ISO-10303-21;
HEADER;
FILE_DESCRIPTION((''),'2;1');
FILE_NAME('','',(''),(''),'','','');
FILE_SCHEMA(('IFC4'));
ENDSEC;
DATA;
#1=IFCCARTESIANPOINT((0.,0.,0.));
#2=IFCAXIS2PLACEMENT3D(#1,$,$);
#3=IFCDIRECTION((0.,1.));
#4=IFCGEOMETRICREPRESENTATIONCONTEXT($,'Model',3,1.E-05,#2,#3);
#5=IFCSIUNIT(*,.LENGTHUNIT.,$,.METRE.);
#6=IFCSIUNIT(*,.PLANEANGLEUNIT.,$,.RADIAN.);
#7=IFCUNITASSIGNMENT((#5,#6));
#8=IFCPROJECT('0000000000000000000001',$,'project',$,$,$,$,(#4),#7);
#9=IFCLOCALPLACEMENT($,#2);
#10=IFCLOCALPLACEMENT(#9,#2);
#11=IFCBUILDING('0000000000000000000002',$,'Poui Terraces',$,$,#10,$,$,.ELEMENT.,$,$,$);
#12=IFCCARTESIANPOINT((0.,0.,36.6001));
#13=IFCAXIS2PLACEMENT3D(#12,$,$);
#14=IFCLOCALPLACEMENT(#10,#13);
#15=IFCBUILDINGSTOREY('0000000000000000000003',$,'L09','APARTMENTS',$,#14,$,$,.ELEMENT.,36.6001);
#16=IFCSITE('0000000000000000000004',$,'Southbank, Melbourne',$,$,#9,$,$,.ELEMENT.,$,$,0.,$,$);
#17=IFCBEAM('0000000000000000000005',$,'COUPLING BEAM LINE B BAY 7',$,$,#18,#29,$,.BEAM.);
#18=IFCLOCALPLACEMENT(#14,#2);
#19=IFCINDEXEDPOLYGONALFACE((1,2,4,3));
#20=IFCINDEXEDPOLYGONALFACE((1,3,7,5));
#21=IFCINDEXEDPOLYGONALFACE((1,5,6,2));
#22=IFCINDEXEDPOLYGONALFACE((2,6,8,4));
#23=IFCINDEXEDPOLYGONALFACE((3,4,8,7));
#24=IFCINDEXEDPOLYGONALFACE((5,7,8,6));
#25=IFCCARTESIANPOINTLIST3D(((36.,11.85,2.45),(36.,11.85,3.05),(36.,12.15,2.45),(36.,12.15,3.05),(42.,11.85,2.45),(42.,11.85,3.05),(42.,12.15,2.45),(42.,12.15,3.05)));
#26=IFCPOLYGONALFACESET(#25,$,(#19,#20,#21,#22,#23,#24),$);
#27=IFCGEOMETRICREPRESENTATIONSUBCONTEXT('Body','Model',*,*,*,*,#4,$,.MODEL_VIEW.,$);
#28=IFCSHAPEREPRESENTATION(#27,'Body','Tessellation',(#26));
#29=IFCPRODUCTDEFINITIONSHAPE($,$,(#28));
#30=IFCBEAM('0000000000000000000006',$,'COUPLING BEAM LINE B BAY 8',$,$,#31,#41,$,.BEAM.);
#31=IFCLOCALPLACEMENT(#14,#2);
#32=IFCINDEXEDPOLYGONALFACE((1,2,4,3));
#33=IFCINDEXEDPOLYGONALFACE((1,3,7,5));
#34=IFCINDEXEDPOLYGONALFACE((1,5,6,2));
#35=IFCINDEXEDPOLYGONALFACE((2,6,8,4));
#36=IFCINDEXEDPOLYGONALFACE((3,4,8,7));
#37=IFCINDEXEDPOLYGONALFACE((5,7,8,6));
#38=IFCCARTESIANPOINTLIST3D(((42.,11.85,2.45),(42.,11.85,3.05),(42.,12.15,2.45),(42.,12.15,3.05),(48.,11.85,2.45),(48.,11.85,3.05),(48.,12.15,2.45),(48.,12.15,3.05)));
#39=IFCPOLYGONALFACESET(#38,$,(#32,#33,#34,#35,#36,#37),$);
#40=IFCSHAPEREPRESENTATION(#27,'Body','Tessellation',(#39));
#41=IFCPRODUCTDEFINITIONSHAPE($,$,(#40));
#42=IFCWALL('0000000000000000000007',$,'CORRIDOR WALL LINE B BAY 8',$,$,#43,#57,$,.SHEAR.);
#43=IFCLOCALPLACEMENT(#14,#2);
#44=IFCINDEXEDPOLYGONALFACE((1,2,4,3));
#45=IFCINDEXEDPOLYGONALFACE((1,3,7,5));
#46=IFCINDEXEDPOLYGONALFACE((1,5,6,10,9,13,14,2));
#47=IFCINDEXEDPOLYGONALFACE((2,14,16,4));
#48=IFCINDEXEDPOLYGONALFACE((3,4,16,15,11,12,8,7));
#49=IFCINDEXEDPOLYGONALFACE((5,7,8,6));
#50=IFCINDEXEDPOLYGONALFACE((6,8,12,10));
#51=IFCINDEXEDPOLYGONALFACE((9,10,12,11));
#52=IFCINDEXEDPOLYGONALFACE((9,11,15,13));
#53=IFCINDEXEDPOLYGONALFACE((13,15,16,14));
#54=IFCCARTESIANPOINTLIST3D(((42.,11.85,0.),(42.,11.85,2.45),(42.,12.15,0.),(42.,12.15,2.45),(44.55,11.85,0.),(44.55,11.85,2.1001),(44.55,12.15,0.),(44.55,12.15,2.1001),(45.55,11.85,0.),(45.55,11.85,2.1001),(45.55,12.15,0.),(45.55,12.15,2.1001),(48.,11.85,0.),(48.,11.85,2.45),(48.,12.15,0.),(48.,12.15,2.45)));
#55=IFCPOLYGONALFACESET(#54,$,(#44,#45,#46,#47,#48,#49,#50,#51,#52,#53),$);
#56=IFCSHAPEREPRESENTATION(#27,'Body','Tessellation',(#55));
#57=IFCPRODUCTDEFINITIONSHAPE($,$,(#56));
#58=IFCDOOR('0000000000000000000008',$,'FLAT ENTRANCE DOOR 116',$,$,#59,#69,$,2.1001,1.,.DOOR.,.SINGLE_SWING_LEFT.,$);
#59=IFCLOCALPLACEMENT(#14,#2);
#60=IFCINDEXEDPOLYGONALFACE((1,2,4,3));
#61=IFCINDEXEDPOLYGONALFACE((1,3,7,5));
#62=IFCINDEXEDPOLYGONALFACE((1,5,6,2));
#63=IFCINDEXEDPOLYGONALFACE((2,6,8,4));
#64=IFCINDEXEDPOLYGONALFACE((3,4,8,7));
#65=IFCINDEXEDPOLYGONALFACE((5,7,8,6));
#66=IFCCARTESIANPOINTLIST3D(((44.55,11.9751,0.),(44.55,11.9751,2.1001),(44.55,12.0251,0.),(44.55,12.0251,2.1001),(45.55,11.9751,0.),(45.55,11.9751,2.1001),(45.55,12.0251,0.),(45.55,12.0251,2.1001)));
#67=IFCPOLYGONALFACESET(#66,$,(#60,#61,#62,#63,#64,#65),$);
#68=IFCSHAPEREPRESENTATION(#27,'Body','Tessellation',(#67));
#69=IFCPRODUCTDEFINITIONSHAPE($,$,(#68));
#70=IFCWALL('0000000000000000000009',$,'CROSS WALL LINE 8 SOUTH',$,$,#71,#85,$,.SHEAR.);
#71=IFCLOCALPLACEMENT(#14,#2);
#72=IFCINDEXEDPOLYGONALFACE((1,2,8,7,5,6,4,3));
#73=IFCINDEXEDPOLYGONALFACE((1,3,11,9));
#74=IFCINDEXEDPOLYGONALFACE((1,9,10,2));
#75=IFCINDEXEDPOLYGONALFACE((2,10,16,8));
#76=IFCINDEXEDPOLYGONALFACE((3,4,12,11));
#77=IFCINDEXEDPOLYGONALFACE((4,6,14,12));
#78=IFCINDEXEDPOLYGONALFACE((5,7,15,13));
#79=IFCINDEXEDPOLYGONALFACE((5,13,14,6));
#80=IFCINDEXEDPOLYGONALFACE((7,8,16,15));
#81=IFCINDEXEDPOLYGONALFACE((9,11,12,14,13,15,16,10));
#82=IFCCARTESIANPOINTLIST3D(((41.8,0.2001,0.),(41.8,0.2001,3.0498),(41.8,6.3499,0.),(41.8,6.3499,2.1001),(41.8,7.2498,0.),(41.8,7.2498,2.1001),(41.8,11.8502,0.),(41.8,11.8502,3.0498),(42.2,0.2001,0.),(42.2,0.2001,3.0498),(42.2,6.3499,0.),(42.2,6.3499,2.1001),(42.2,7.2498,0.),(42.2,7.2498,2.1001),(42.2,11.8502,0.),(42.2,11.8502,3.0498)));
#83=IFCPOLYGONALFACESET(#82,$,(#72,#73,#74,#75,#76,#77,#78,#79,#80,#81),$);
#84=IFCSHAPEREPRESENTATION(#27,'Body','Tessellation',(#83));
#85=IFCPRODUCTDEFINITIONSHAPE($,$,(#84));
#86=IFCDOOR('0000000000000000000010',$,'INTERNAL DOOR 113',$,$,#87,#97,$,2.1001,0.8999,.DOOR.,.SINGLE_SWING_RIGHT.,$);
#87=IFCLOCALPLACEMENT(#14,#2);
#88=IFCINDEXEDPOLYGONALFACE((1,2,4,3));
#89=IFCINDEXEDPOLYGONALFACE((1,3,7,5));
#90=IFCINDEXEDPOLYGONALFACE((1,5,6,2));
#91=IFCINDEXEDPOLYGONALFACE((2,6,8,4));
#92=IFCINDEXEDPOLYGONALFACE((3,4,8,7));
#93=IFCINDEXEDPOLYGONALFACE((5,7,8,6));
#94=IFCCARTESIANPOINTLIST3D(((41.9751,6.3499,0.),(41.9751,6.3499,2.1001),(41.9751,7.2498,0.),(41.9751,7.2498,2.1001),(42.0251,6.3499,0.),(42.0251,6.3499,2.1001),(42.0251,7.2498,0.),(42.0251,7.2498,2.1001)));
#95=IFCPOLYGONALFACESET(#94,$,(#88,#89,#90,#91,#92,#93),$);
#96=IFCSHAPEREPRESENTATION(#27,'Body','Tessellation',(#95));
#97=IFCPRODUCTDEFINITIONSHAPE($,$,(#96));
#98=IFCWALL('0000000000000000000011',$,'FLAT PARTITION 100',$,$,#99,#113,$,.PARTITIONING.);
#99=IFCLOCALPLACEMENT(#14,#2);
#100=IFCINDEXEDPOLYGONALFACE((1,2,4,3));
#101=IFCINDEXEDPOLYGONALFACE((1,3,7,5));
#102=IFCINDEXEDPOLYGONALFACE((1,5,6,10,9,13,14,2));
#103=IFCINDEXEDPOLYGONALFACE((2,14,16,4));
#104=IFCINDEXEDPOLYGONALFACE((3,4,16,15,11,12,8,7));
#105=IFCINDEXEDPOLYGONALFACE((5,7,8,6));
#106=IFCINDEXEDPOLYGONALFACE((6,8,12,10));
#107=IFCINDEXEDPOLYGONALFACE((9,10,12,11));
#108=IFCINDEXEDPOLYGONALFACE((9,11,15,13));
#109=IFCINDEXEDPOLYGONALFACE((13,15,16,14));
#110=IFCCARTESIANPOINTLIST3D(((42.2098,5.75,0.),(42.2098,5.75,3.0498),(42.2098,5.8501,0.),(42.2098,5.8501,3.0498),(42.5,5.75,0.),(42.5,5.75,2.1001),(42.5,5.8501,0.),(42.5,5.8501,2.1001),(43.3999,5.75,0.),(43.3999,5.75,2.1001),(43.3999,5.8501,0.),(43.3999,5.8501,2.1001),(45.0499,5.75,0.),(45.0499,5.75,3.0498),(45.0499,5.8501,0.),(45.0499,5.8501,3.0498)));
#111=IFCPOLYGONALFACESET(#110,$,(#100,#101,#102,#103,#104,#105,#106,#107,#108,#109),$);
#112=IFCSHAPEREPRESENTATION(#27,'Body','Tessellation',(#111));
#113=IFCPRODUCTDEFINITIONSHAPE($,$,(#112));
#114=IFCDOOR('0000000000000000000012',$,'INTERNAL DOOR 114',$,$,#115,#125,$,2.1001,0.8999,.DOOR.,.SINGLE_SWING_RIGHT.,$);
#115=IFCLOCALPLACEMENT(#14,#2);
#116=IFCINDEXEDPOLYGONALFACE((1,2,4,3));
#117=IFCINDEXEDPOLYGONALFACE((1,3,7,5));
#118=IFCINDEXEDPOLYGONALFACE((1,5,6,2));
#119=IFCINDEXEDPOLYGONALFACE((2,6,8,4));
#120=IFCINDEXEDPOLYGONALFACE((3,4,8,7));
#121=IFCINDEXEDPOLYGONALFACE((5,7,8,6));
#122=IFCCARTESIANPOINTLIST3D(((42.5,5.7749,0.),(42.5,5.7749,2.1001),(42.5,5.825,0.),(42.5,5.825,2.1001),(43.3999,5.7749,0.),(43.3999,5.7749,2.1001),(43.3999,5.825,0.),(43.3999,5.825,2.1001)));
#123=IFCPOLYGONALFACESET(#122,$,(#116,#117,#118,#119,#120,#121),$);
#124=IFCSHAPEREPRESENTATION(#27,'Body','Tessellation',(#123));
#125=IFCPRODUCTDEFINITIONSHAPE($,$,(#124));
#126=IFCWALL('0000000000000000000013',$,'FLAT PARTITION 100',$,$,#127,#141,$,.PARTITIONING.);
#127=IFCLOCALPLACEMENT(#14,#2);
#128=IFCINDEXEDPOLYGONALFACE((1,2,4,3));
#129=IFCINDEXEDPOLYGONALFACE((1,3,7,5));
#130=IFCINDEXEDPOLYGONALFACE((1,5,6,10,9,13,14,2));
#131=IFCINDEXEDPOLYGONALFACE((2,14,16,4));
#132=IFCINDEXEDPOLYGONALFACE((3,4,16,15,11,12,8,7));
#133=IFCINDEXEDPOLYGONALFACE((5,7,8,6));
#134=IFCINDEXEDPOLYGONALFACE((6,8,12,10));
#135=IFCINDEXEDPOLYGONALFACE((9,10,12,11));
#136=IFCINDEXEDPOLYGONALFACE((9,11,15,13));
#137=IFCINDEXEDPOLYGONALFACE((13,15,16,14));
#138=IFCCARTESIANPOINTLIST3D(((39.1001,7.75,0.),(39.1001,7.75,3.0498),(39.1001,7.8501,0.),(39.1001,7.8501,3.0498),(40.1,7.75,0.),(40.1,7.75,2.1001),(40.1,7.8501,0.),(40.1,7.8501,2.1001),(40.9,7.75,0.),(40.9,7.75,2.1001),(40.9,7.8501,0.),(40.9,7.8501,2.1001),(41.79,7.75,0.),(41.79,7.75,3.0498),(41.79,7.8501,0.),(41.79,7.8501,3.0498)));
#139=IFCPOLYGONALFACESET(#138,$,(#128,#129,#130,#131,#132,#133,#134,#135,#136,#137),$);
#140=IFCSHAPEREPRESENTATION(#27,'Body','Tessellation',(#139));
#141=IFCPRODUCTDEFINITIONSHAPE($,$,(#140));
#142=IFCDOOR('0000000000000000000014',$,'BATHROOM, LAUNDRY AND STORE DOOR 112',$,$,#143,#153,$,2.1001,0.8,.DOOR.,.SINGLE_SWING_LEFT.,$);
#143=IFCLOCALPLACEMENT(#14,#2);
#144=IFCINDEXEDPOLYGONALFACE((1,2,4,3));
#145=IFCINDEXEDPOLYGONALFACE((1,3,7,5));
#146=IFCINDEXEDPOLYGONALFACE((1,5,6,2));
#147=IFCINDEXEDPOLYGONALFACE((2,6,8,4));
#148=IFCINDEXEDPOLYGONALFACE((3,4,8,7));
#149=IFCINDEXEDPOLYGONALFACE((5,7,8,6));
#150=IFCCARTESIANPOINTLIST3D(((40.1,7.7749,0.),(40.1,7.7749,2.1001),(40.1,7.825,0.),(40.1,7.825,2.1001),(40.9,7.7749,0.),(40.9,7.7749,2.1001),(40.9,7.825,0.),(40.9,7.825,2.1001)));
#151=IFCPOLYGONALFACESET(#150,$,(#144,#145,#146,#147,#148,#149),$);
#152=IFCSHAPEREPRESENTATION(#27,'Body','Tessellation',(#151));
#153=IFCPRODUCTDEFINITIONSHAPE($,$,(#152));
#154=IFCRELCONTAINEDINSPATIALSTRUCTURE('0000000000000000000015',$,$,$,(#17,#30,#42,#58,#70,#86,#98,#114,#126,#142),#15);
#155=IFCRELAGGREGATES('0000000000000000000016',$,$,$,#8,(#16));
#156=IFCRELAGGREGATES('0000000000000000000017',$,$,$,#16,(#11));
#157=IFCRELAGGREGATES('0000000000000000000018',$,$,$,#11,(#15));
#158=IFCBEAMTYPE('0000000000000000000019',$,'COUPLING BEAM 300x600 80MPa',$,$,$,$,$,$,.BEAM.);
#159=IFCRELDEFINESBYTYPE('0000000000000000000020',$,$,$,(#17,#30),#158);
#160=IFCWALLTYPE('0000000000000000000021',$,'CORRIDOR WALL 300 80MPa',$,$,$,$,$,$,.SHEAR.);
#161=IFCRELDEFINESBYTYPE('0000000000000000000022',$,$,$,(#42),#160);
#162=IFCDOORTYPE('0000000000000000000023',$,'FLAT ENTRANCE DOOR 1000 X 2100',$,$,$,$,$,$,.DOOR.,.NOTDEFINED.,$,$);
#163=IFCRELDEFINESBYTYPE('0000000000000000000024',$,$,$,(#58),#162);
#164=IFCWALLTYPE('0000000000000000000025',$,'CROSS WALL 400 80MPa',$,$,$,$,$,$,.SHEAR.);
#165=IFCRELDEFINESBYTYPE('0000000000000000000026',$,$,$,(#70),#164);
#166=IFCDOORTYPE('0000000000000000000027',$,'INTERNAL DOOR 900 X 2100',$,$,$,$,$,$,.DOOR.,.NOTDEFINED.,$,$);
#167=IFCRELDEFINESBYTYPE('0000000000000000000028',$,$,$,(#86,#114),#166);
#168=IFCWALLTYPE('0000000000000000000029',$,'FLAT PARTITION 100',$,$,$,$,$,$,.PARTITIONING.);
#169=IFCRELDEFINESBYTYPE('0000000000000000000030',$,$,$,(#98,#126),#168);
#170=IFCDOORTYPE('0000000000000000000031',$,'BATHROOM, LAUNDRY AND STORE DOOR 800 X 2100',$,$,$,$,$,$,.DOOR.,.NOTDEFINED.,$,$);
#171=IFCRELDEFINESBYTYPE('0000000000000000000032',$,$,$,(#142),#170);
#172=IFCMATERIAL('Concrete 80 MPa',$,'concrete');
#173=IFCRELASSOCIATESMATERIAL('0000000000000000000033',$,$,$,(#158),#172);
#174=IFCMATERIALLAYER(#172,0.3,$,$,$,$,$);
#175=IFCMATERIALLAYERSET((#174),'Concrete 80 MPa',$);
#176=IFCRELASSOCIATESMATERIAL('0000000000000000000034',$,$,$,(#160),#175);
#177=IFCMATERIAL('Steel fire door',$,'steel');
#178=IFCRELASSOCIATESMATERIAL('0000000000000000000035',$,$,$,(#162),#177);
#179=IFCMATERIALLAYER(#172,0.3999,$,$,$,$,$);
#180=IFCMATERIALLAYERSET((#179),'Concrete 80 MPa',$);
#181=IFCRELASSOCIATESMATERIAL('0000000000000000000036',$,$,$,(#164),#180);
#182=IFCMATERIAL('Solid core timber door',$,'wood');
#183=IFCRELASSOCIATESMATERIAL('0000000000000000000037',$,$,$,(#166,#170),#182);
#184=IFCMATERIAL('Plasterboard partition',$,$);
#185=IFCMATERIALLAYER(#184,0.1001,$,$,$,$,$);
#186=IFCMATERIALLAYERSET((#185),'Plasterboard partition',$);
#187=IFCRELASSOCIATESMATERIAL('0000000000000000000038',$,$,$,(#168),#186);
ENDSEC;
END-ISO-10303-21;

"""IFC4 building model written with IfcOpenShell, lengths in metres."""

from ifc_helpers import new_model, si_unit, direction, frame, frame_2d, origin, origin_2d, place, context, subcontext, project, spatial, rectangle, extrude, source, transform, mapped, material, layer, layer_set, material_profile, profile_set, type_object, element, fill, save


model = new_model("IFC4")

# Units and contexts
model_context = context("Model", 3, precision=1e-05, world=origin(), true_north=direction((0.0, 1.0)))
body_context = subcontext(model_context, "Body", "Model", "MODEL_VIEW")
ifc_project = project(units=[si_unit("LENGTHUNIT", "METRE"), si_unit("PLANEANGLEUNIT", "RADIAN")], contexts=[model_context])

# Site, building, storey
site_placement = place(None, origin())
site = spatial("IfcSite", under=ifc_project, at=site_placement, Name="Southbank, Melbourne", CompositionType="ELEMENT", RefElevation=0.0)
building_placement = place(site_placement, origin())
building = spatial("IfcBuilding", under=site, at=building_placement, Name="Poui Terraces", CompositionType="ELEMENT")
storey_placement = place(building_placement, frame((0.0, 0.0, 36.6001)))
storey = spatial("IfcBuildingStorey", under=building, at=storey_placement, Name="L09", Description="APARTMENTS", CompositionType="ELEMENT", Elevation=36.6001)

# Beams
ifc_material_1 = material(Name="Concrete 80 MPa", Category="concrete")
ifc_material_profile = material_profile(ifc_material_1, rectangle(XDim=0.3, YDim=0.6001, at=origin_2d()), Name="RC 300x600")
ifc_profile_set = profile_set([ifc_material_profile], Name="Concrete 80 MPa")
beam_type = type_object("IfcBeamType", Name="COUPLING BEAM 300x600 80MPa", PredefinedType="BEAM", material=ifc_profile_set)
shared_shape_1 = source(origin(), body_context, "Body", "SweptSolid", [
    extrude(rectangle(XDim=0.3, YDim=0.6001, at=origin_2d()), origin(), (0.0, 0.0, 1.0), 6.0),
])
for number, where, z_axis, x_axis, name in (
    (1, (36.0, 12.0, 2.75), (1.0, 0.0, 0.0), (0.0, 1.0, 0.0), "COUPLING BEAM LINE B BAY 7"),
    (2, (42.0, 12.0, 2.75), (1.0, 0.0, 0.0), (0.0, 1.0, 0.0), "COUPLING BEAM LINE B BAY 8"),
):
    element("IfcBeam", number, at=place(storey_placement, frame(where, z_axis=z_axis, x_axis=x_axis)), inside=storey, type_object=beam_type, Name=name, PredefinedType="BEAM", context=body_context, shape_type="MappedRepresentation", body=[
        mapped(shared_shape_1, transform((0.0, 0.0, 0.0))),
    ])

# Walls, openings, doors
ifc_layer_1 = layer(ifc_material_1, 0.3)
ifc_layer_set_1 = layer_set([ifc_layer_1], Name="Concrete 80 MPa")
wall_type_1 = type_object("IfcWallType", Name="CORRIDOR WALL 300 80MPa", PredefinedType="SHEAR", material=ifc_layer_set_1)
wall_1_placement = place(storey_placement, frame((42.0, 12.0, 0.0), z_axis=(0.0, 0.0, 1.0), x_axis=(1.0, 0.0, 0.0)))
wall_1 = element("IfcWall", 3, at=wall_1_placement, inside=storey, type_object=wall_type_1, Name="CORRIDOR WALL LINE B BAY 8", PredefinedType="SHEAR", context=body_context, shape_type="SweptSolid", body=[
    extrude(rectangle(XDim=6.0, YDim=0.3, at=frame_2d((3.0, 0.0))), origin(), (0.0, 0.0, 1.0), 2.45),
])
opening_1_placement = place(wall_1_placement, frame((2.55, 0.0, 0.0)))
opening_1 = element("IfcOpeningElement", 4, at=opening_1_placement, cuts=wall_1, PredefinedType="OPENING", context=body_context, shape_type="SweptSolid", body=[
    extrude(rectangle(XDim=1.0, YDim=2.1001, at=frame_2d((0.5, 1.05))), frame((0.0, 0.1602, 0.0), z_axis=(0.0, -1.0, 0.0), x_axis=(1.0, 0.0, 0.0)), (0.0, 0.0, 1.0), 0.3201),
])
ifc_material_2 = material(Name="Steel fire door", Category="steel")
door_type_1 = type_object("IfcDoorType", Name="FLAT ENTRANCE DOOR 1000 X 2100", OperationType="NOTDEFINED", PredefinedType="DOOR", material=ifc_material_2)
door_1_placement = place(opening_1_placement, frame((1.0, 0.0, 0.0), z_axis=(0.0, 0.0, 1.0), x_axis=(-1.0, 0.0, 0.0)))
door_1 = element("IfcDoor", 5, at=door_1_placement, inside=storey, type_object=door_type_1, Name="FLAT ENTRANCE DOOR 116", OperationType="SINGLE_SWING_LEFT", OverallHeight=2.1001, OverallWidth=1.0, PredefinedType="DOOR", context=body_context, shape_type="SweptSolid", body=[
    extrude(rectangle(XDim=1.0, YDim=2.1001, at=frame_2d((0.5, 1.05))), frame((0.0, 0.0249, 0.0), z_axis=(0.0, -1.0, 0.0), x_axis=(1.0, 0.0, 0.0)), (0.0, 0.0, 1.0), 0.05),
])
fill(opening_1, door_1)
ifc_layer_2 = layer(ifc_material_1, 0.3999)
ifc_layer_set_2 = layer_set([ifc_layer_2], Name="Concrete 80 MPa")
wall_type_2 = type_object("IfcWallType", Name="CROSS WALL 400 80MPa", PredefinedType="SHEAR", material=ifc_layer_set_2)
wall_2_placement = place(storey_placement, frame((42.0, 0.2, 0.0), z_axis=(0.0, 0.0, 1.0), x_axis=(0.0, 1.0, 0.0)))
wall_2 = element("IfcWall", 6, at=wall_2_placement, inside=storey, type_object=wall_type_2, Name="CROSS WALL LINE 8 SOUTH", PredefinedType="SHEAR", context=body_context, shape_type="SweptSolid", body=[
    extrude(rectangle(XDim=11.6501, YDim=0.3999, at=frame_2d((5.8252, 0.0))), origin(), (0.0, 0.0, 1.0), 3.0498),
])
opening_2_placement = place(wall_2_placement, frame((6.1499, 0.0, 0.0)))
opening_2 = element("IfcOpeningElement", 7, at=opening_2_placement, cuts=wall_2, PredefinedType="OPENING", context=body_context, shape_type="SweptSolid", body=[
    extrude(rectangle(XDim=0.8999, YDim=2.1001, at=frame_2d((0.45, 1.05))), frame((0.0, 0.21, 0.0), z_axis=(0.0, -1.0, 0.0), x_axis=(1.0, 0.0, 0.0)), (0.0, 0.0, 1.0), 0.4199),
])
ifc_material_3 = material(Name="Solid core timber door", Category="wood")
door_type_2 = type_object("IfcDoorType", Name="INTERNAL DOOR 900 X 2100", OperationType="NOTDEFINED", PredefinedType="DOOR", material=ifc_material_3)
door_2_placement = place(opening_2_placement, origin())
door_2 = element("IfcDoor", 8, at=door_2_placement, inside=storey, type_object=door_type_2, Name="INTERNAL DOOR 113", OperationType="SINGLE_SWING_RIGHT", OverallHeight=2.1001, OverallWidth=0.8999, PredefinedType="DOOR", context=body_context, shape_type="SweptSolid", body=[
    extrude(rectangle(XDim=0.8999, YDim=2.1001, at=frame_2d((0.45, 1.05))), frame((0.0, 0.0249, 0.0), z_axis=(0.0, -1.0, 0.0), x_axis=(1.0, 0.0, 0.0)), (0.0, 0.0, 1.0), 0.05),
])
fill(opening_2, door_2)
ifc_material_4 = material(Name="Plasterboard partition")
ifc_layer_3 = layer(ifc_material_4, 0.1001)
ifc_layer_set_3 = layer_set([ifc_layer_3], Name="Plasterboard partition")
wall_type_3 = type_object("IfcWallType", Name="FLAT PARTITION 100", PredefinedType="PARTITIONING", material=ifc_layer_set_3)
wall_3_placement = place(storey_placement, frame((42.21, 5.8, 0.0), z_axis=(0.0, 0.0, 1.0), x_axis=(1.0, 0.0, 0.0)))
wall_3 = element("IfcWall", 9, at=wall_3_placement, inside=storey, type_object=wall_type_3, Name="FLAT PARTITION 100", PredefinedType="PARTITIONING", context=body_context, shape_type="SweptSolid", body=[
    extrude(rectangle(XDim=2.8401, YDim=0.1001, at=frame_2d((1.4199, 0.0))), origin(), (0.0, 0.0, 1.0), 3.0498),
])
opening_3_placement = place(wall_3_placement, frame((0.29, 0.0, 0.0)))
opening_3 = element("IfcOpeningElement", 10, at=opening_3_placement, cuts=wall_3, PredefinedType="OPENING", context=body_context, shape_type="SweptSolid", body=[
    extrude(rectangle(XDim=0.8999, YDim=2.1001, at=frame_2d((0.45, 1.05))), frame((0.0, 0.0601, 0.0), z_axis=(0.0, -1.0, 0.0), x_axis=(1.0, 0.0, 0.0)), (0.0, 0.0, 1.0), 0.1201),
])
door_3_placement = place(opening_3_placement, origin())
door_3 = element("IfcDoor", 11, at=door_3_placement, inside=storey, type_object=door_type_2, Name="INTERNAL DOOR 114", OperationType="SINGLE_SWING_RIGHT", OverallHeight=2.1001, OverallWidth=0.8999, PredefinedType="DOOR", context=body_context, shape_type="SweptSolid", body=[
    extrude(rectangle(XDim=0.8999, YDim=2.1001, at=frame_2d((0.45, 1.05))), frame((0.0, 0.0249, 0.0), z_axis=(0.0, -1.0, 0.0), x_axis=(1.0, 0.0, 0.0)), (0.0, 0.0, 1.0), 0.05),
])
fill(opening_3, door_3)
wall_4_placement = place(storey_placement, frame((39.1001, 7.8, 0.0), z_axis=(0.0, 0.0, 1.0), x_axis=(1.0, 0.0, 0.0)))
wall_4 = element("IfcWall", 12, at=wall_4_placement, inside=storey, type_object=wall_type_3, Name="FLAT PARTITION 100", PredefinedType="PARTITIONING", context=body_context, shape_type="SweptSolid", body=[
    extrude(rectangle(XDim=2.6899, YDim=0.1001, at=frame_2d((1.345, 0.0))), origin(), (0.0, 0.0, 1.0), 3.0498),
])
opening_4_placement = place(wall_4_placement, frame((1.0, 0.0, 0.0)))
opening_4 = element("IfcOpeningElement", 13, at=opening_4_placement, cuts=wall_4, PredefinedType="OPENING", context=body_context, shape_type="SweptSolid", body=[
    extrude(rectangle(XDim=0.8, YDim=2.1001, at=frame_2d((0.3999, 1.05))), frame((0.0, 0.0601, 0.0), z_axis=(0.0, -1.0, 0.0), x_axis=(1.0, 0.0, 0.0)), (0.0, 0.0, 1.0), 0.1201),
])
door_type_3 = type_object("IfcDoorType", Name="BATHROOM, LAUNDRY AND STORE DOOR 800 X 2100", OperationType="NOTDEFINED", PredefinedType="DOOR", material=ifc_material_3)
door_4_placement = place(opening_4_placement, origin())
door_4 = element("IfcDoor", 14, at=door_4_placement, inside=storey, type_object=door_type_3, Name="BATHROOM, LAUNDRY AND STORE DOOR 112", OperationType="SINGLE_SWING_LEFT", OverallHeight=2.1001, OverallWidth=0.8, PredefinedType="DOOR", context=body_context, shape_type="SweptSolid", body=[
    extrude(rectangle(XDim=0.8, YDim=2.1001, at=frame_2d((0.3999, 1.05))), frame((0.0, 0.0249, 0.0), z_axis=(0.0, -1.0, 0.0), x_axis=(1.0, 0.0, 0.0)), (0.0, 0.0, 1.0), 0.05),
])
fill(opening_4, door_4)

save(model, "model.ifc")
